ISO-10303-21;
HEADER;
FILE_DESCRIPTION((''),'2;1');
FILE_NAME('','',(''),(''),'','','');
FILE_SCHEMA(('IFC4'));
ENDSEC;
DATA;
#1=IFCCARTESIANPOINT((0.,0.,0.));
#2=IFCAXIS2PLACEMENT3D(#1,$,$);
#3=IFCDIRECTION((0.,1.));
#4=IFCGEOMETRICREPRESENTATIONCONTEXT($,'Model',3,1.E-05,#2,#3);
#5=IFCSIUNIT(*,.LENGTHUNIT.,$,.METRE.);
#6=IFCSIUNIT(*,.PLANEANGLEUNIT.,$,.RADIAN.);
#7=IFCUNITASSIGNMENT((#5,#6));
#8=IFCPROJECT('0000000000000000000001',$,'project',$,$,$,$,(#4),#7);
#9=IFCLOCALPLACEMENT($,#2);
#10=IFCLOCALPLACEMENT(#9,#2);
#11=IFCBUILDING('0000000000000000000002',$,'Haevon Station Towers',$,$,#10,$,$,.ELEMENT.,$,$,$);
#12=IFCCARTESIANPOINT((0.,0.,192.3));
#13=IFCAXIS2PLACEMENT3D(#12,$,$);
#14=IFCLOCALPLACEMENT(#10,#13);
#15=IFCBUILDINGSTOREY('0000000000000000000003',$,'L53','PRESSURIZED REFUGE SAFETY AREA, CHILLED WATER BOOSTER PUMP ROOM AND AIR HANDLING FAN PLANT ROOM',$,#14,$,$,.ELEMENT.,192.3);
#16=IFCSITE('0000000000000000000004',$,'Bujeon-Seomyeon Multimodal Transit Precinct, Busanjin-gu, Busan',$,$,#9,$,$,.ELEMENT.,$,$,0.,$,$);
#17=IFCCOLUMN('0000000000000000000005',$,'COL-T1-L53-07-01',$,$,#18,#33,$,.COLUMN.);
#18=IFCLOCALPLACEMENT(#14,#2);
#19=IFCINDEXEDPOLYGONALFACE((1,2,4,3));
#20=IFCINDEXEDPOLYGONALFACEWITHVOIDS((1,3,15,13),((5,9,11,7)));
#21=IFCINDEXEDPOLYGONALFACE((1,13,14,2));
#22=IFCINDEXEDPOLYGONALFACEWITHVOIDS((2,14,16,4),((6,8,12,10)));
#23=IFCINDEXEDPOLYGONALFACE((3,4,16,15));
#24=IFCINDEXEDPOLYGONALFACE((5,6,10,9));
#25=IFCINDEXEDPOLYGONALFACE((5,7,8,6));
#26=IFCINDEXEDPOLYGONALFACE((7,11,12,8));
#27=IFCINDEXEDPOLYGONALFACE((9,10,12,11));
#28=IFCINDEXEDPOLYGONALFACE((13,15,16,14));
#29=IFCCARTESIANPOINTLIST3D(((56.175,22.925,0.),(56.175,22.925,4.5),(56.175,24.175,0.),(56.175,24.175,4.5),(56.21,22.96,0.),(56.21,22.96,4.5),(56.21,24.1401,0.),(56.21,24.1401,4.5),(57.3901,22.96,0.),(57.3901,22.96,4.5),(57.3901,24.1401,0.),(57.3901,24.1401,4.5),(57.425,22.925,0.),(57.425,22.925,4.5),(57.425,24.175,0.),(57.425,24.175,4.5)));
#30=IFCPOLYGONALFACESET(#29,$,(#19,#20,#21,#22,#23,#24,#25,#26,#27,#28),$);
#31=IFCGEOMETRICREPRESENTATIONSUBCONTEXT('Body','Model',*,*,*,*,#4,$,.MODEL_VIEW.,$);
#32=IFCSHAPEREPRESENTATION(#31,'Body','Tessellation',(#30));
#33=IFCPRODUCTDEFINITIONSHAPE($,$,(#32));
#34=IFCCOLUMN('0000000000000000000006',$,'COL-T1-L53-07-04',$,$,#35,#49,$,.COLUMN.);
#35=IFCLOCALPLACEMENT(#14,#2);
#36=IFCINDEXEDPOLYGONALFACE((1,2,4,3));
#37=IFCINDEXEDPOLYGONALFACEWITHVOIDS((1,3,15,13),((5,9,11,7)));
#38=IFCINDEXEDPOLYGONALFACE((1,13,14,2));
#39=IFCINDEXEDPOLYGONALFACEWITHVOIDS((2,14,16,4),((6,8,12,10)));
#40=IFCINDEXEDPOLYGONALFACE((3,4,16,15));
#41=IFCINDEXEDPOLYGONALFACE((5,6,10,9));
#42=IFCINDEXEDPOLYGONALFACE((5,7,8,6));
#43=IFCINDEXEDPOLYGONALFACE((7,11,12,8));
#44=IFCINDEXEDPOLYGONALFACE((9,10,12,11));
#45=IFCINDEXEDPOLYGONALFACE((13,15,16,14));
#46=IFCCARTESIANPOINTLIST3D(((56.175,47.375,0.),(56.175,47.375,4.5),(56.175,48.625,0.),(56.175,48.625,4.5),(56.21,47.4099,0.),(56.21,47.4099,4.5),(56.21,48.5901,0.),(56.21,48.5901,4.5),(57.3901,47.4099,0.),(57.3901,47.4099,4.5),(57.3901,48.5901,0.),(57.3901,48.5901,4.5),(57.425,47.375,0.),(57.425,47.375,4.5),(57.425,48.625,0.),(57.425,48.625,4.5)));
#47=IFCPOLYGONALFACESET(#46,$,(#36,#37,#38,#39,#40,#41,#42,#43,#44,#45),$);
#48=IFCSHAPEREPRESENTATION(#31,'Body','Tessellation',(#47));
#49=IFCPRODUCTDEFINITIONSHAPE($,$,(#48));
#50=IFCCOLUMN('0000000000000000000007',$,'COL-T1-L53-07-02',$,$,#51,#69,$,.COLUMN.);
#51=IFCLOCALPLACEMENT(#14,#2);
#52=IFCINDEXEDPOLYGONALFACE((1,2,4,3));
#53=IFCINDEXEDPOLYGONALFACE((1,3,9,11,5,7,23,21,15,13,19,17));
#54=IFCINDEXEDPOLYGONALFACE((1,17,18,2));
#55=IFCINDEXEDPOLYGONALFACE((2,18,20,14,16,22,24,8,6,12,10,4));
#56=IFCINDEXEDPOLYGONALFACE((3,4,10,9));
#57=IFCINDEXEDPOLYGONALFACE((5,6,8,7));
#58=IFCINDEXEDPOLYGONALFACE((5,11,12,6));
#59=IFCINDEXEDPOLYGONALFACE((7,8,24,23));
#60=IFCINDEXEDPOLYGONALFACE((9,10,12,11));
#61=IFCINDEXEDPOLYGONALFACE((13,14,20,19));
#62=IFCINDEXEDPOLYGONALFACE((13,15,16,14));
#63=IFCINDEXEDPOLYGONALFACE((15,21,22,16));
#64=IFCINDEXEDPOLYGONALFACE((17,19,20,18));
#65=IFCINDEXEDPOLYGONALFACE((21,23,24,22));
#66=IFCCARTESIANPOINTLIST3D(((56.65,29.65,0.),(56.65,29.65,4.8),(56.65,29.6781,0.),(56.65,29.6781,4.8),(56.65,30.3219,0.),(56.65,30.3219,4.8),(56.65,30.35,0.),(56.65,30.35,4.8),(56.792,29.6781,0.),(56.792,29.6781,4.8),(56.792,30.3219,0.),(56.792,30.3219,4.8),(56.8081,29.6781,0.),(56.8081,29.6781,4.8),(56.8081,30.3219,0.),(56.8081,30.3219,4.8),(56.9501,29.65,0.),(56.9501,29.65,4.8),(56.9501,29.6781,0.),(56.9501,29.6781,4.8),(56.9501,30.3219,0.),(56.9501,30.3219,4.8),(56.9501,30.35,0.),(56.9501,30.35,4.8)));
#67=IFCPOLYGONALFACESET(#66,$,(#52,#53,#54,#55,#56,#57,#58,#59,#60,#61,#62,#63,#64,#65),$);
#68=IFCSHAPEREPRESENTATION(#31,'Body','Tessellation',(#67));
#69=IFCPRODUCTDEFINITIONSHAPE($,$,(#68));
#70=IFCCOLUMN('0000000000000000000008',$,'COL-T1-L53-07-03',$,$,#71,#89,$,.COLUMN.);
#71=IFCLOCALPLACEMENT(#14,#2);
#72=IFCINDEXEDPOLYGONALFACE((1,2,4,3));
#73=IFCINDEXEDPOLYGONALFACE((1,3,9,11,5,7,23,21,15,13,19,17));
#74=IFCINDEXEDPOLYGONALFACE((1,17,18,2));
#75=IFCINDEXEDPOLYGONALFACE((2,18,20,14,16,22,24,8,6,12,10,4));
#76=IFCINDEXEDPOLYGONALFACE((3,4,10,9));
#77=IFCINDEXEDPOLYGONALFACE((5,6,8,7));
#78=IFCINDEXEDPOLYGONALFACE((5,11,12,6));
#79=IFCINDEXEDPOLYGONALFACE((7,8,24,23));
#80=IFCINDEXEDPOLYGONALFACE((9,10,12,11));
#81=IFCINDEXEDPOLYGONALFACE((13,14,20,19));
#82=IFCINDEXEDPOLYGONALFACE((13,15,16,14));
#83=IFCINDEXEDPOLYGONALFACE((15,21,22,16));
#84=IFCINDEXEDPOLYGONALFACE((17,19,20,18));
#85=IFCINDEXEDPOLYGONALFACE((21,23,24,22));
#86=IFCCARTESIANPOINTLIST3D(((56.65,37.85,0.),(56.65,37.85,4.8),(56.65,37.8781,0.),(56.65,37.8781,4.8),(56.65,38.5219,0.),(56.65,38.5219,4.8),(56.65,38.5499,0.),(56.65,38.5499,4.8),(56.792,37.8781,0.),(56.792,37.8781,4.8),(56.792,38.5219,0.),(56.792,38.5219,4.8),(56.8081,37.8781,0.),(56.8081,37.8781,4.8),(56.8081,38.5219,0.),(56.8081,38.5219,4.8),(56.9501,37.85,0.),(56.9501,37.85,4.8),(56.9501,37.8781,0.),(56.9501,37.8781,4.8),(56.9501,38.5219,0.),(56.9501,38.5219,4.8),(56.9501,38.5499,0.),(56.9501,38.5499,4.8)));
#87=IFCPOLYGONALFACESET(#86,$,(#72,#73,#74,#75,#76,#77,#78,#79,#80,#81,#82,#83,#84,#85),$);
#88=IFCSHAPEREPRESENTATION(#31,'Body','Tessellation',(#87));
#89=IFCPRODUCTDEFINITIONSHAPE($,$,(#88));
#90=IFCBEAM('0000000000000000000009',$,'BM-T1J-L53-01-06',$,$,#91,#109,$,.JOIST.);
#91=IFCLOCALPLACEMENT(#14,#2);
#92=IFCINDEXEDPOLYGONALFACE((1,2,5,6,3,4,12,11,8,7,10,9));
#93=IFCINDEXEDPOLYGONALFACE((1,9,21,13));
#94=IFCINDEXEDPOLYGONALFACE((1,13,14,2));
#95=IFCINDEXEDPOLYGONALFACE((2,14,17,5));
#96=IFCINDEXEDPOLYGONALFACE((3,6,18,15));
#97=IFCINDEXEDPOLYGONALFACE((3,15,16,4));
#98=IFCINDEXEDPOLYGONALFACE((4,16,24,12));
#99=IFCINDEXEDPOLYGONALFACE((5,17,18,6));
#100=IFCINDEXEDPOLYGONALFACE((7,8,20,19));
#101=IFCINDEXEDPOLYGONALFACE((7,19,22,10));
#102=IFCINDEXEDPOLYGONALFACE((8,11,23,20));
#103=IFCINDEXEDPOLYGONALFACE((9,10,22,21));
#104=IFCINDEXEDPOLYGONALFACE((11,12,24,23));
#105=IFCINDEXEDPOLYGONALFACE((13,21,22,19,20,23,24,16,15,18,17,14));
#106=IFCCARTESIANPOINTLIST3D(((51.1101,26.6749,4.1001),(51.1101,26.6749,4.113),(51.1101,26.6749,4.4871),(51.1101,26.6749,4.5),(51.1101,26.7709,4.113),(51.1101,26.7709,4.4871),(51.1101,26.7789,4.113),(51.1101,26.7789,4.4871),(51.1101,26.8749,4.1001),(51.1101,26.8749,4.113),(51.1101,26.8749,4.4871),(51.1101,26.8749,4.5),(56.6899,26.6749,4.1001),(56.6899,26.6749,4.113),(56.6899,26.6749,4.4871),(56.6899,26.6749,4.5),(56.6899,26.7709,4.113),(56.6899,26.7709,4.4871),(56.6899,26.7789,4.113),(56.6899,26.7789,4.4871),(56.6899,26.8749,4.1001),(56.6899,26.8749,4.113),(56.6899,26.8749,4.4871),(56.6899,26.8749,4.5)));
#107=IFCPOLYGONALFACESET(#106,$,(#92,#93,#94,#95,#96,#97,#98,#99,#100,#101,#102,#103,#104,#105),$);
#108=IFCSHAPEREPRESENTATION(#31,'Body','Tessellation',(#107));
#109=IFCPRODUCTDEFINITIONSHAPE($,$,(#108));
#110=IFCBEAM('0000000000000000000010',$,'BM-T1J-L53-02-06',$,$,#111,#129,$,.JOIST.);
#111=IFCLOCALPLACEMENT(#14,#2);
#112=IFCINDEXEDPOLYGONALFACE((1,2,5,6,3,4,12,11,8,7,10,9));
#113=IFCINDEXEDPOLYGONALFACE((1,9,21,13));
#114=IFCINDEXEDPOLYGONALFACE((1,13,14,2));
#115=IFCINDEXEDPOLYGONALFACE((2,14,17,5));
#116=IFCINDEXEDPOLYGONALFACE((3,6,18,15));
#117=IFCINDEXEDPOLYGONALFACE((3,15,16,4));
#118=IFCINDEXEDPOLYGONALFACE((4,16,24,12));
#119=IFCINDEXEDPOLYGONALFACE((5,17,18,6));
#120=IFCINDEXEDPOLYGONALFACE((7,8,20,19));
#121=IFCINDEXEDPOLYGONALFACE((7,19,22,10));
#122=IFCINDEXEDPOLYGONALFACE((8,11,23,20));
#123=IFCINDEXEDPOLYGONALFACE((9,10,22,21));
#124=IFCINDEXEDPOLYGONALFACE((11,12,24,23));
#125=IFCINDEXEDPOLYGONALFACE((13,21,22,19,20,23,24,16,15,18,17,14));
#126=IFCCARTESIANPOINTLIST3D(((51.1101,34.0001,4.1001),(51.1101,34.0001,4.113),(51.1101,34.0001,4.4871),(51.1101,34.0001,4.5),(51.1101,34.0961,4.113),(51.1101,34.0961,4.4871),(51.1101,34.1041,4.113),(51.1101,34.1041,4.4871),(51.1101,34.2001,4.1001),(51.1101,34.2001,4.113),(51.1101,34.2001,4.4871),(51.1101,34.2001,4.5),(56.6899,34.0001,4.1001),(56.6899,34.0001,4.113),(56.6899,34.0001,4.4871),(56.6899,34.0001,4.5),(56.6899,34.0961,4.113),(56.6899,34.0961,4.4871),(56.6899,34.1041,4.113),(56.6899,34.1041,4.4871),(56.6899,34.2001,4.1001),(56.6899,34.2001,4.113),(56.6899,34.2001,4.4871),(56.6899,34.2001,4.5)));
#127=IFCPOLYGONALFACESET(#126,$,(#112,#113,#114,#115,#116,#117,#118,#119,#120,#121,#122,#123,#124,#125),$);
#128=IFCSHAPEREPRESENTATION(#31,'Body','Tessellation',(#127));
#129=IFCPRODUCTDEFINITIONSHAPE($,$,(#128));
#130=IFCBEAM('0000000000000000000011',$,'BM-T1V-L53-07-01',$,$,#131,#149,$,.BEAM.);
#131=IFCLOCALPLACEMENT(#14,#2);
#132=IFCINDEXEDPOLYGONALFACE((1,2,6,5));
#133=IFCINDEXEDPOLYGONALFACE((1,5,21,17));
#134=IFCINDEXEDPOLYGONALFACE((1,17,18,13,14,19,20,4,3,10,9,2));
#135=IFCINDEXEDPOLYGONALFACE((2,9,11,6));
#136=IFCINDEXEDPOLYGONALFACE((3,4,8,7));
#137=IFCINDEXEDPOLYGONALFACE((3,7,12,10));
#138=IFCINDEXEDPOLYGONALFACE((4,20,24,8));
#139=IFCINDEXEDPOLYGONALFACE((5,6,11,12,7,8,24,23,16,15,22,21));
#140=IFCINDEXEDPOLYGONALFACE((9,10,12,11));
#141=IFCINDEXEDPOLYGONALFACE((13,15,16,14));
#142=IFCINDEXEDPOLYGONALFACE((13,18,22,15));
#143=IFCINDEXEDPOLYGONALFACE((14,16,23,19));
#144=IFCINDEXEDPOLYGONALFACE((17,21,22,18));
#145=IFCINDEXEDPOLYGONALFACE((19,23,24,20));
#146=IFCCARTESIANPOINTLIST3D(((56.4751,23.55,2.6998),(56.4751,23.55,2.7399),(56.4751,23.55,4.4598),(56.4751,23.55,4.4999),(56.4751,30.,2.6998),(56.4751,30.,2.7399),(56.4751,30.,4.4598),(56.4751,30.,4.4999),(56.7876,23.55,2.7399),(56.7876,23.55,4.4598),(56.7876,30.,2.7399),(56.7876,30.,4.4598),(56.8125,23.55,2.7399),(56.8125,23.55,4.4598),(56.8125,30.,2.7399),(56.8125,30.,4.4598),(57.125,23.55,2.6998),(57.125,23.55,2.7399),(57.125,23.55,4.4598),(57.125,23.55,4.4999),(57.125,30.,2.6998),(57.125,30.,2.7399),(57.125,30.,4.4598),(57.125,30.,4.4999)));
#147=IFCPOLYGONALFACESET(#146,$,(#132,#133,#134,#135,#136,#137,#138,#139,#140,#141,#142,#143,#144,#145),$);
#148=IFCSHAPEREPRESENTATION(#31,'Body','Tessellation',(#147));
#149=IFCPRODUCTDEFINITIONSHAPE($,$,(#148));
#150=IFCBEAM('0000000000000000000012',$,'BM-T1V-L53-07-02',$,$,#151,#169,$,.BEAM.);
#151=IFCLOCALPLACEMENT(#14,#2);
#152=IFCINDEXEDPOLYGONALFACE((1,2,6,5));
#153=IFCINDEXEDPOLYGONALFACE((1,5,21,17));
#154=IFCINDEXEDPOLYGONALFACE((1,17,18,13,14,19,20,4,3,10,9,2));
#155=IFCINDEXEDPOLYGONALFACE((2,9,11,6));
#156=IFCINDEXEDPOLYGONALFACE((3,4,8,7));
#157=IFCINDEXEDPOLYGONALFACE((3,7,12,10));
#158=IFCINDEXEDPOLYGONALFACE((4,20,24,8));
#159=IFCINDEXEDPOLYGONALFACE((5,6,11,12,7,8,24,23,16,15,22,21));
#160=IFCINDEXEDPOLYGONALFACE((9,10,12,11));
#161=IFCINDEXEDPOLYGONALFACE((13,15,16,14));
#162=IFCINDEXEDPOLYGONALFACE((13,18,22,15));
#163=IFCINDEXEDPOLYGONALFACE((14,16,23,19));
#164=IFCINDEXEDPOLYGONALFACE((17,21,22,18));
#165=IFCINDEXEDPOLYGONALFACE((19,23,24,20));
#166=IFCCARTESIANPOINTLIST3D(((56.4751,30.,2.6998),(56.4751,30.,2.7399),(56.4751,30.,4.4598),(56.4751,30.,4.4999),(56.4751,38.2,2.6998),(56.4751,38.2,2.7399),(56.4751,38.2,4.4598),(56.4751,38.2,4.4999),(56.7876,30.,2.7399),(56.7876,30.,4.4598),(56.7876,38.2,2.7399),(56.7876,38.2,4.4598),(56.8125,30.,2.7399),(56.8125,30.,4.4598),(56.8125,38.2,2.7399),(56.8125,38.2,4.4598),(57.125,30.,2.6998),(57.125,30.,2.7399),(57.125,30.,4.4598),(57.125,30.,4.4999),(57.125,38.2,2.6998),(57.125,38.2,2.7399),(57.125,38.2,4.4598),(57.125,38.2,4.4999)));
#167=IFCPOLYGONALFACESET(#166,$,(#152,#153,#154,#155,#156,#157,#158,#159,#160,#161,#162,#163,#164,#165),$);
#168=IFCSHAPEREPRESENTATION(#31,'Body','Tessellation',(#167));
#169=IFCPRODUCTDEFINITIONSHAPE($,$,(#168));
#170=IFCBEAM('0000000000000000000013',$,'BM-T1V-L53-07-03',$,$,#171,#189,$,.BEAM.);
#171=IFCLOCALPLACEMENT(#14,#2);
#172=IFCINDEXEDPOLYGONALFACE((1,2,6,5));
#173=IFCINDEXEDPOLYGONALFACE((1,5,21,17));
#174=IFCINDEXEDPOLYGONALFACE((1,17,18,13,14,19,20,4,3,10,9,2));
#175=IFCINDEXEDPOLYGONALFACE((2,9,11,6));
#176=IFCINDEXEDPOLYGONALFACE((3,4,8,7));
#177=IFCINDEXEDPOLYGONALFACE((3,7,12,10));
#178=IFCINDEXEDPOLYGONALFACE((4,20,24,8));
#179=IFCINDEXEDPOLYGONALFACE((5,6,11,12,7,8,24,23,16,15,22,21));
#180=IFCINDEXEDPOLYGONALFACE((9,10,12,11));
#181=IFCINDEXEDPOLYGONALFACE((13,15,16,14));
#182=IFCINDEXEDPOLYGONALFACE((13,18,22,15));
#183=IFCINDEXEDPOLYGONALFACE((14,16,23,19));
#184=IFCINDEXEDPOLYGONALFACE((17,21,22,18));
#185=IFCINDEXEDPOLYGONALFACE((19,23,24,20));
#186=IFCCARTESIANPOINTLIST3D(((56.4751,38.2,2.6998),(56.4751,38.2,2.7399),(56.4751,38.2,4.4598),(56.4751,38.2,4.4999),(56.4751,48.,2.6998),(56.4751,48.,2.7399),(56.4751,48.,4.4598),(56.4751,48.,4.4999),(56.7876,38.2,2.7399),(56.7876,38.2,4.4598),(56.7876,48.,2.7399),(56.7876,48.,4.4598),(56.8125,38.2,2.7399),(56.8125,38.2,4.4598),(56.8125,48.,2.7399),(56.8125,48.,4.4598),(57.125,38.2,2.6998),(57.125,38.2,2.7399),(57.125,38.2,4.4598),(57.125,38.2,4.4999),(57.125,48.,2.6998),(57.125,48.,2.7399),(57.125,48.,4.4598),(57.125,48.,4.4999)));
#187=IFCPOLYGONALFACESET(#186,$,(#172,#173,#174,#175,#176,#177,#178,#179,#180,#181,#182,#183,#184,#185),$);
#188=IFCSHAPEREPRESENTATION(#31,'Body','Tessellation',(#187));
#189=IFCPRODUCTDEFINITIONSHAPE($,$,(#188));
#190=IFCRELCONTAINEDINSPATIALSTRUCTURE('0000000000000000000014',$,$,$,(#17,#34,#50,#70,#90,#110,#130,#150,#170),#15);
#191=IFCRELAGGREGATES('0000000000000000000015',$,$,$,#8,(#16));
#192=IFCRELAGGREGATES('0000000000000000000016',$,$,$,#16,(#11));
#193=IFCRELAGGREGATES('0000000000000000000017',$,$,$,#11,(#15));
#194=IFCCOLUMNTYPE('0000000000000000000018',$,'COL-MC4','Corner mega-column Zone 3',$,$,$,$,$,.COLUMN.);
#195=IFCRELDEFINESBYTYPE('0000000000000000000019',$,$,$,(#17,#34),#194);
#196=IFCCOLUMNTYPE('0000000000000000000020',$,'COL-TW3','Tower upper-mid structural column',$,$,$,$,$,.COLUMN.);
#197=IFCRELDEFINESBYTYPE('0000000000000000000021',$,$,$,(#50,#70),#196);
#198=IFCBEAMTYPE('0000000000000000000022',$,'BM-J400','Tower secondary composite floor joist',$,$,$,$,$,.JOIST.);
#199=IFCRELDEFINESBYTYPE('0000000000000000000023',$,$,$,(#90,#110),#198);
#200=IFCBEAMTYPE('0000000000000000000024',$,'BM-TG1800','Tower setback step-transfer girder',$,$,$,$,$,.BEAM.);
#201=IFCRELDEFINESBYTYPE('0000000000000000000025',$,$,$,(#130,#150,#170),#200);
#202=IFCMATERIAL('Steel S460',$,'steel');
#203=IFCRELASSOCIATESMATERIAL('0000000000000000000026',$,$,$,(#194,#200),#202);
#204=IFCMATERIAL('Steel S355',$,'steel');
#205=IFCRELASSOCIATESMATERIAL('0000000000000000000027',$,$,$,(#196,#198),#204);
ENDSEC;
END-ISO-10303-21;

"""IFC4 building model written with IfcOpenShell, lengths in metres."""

from ifc_helpers import new_model, si_unit, direction, frame, origin, origin_2d, place, context, subcontext, project, spatial, hollow_rectangle, i_section, extrude, material, material_profile, profile_set, type_object, element, save


model = new_model("IFC4")

# Units and contexts
model_context = context("Model", 3, precision=1e-05, world=origin(), true_north=direction((0.0, 1.0)))
body_context = subcontext(model_context, "Body", "Model", "MODEL_VIEW")
ifc_project = project(units=[si_unit("LENGTHUNIT", "METRE"), si_unit("PLANEANGLEUNIT", "RADIAN")], contexts=[model_context])

# Site, building, storey
site_placement = place(None, origin())
site = spatial("IfcSite", under=ifc_project, at=site_placement, Name="Bujeon-Seomyeon Multimodal Transit Precinct, Busanjin-gu, Busan", CompositionType="ELEMENT", RefElevation=0.0)
building_placement = place(site_placement, origin())
building = spatial("IfcBuilding", under=site, at=building_placement, Name="Haevon Station Towers", CompositionType="ELEMENT")
storey_placement = place(building_placement, frame((0.0, 0.0, 192.3)))
storey = spatial("IfcBuildingStorey", under=building, at=storey_placement, Name="L53", Description="PRESSURIZED REFUGE SAFETY AREA, CHILLED WATER BOOSTER PUMP ROOM AND AIR HANDLING FAN PLANT ROOM", CompositionType="ELEMENT", Elevation=192.3)

# Columns
ifc_material_1 = material(Name="Steel S460", Category="steel")
ifc_material_profile_1 = material_profile(ifc_material_1, hollow_rectangle(XDim=1.25, YDim=1.25, WallThickness=0.0349, at=origin_2d()), Name="BOX-1250x1250x35")
ifc_profile_set_1 = profile_set([ifc_material_profile_1], Name="Steel S460")
column_type_1 = type_object("IfcColumnType", Name="COL-MC4", Description="Corner mega-column Zone 3", PredefinedType="COLUMN", material=ifc_profile_set_1)
for number, where, z_axis, x_axis, name in (
    (1, (56.8, 23.55, 0.0), (0.0, 0.0, 1.0), (1.0, 0.0, 0.0), "COL-T1-L53-07-01"),
    (2, (56.8, 48.0, 0.0), (0.0, 0.0, 1.0), (1.0, 0.0, 0.0), "COL-T1-L53-07-04"),
):
    element("IfcColumn", number, at=place(storey_placement, frame(where, z_axis=z_axis, x_axis=x_axis)), inside=storey, type_object=column_type_1, Name=name, PredefinedType="COLUMN", context=body_context, shape_type="SweptSolid", body=[
        extrude(hollow_rectangle(XDim=1.25, YDim=1.25, WallThickness=0.0349, at=origin_2d()), origin(), (0.0, 0.0, 1.0), 4.5),
    ])
ifc_material_2 = material(Name="Steel S355", Category="steel")
ifc_material_profile_2 = material_profile(ifc_material_2, i_section(OverallWidth=0.3, OverallDepth=0.7, WebThickness=0.0161, FlangeThickness=0.0281, at=origin_2d()), Name="H-700x300x16x28")
ifc_profile_set_2 = profile_set([ifc_material_profile_2], Name="Steel S355")
column_type_2 = type_object("IfcColumnType", Name="COL-TW3", Description="Tower upper-mid structural column", PredefinedType="COLUMN", material=ifc_profile_set_2)
for number, where, z_axis, x_axis, name in (
    (3, (56.8, 30.0, 0.0), (0.0, 0.0, 1.0), (1.0, 0.0, 0.0), "COL-T1-L53-07-02"),
    (4, (56.8, 38.2, 0.0), (0.0, 0.0, 1.0), (1.0, 0.0, 0.0), "COL-T1-L53-07-03"),
):
    element("IfcColumn", number, at=place(storey_placement, frame(where, z_axis=z_axis, x_axis=x_axis)), inside=storey, type_object=column_type_2, Name=name, PredefinedType="COLUMN", context=body_context, shape_type="SweptSolid", body=[
        extrude(i_section(OverallWidth=0.3, OverallDepth=0.7, WebThickness=0.0161, FlangeThickness=0.0281, at=origin_2d()), origin(), (0.0, 0.0, 1.0), 4.8),
    ])

# Beams
ifc_material_profile_3 = material_profile(ifc_material_2, i_section(OverallWidth=0.2, OverallDepth=0.3999, WebThickness=0.0081, FlangeThickness=0.0129, at=origin_2d()), Name="H-400x200x8x13")
ifc_profile_set_3 = profile_set([ifc_material_profile_3], Name="Steel S355")
beam_type_1 = type_object("IfcBeamType", Name="BM-J400", Description="Tower secondary composite floor joist", PredefinedType="JOIST", material=ifc_profile_set_3)
for number, where, z_axis, x_axis, name in (
    (5, (51.1101, 26.7749, 4.3), (1.0, 0.0, 0.0), (0.0, 1.0, 0.0), "BM-T1J-L53-01-06"),
    (6, (51.1101, 34.1001, 4.3), (1.0, 0.0, 0.0), (0.0, 1.0, 0.0), "BM-T1J-L53-02-06"),
):
    element("IfcBeam", number, at=place(storey_placement, frame(where, z_axis=z_axis, x_axis=x_axis)), inside=storey, type_object=beam_type_1, Name=name, PredefinedType="JOIST", context=body_context, shape_type="SweptSolid", body=[
        extrude(i_section(OverallWidth=0.2, OverallDepth=0.3999, WebThickness=0.0081, FlangeThickness=0.0129, at=origin_2d()), origin(), (0.0, 0.0, 1.0), 5.5798),
    ])
ifc_material_profile_4 = material_profile(ifc_material_1, i_section(OverallWidth=0.6499, OverallDepth=1.8, WebThickness=0.0249, FlangeThickness=0.04, at=origin_2d()), Name="H-1800x650x25x40")
ifc_profile_set_4 = profile_set([ifc_material_profile_4], Name="Steel S460")
beam_type_2 = type_object("IfcBeamType", Name="BM-TG1800", Description="Tower setback step-transfer girder", PredefinedType="BEAM", material=ifc_profile_set_4)
beam_1_placement = place(storey_placement, frame((56.8, 23.55, 3.5999), z_axis=(0.0, 1.0, 0.0), x_axis=(-1.0, 0.0, 0.0)))
element("IfcBeam", 7, at=beam_1_placement, inside=storey, type_object=beam_type_2, Name="BM-T1V-L53-07-01", PredefinedType="BEAM", context=body_context, shape_type="SweptSolid", body=[
    extrude(i_section(OverallWidth=0.6499, OverallDepth=1.8, WebThickness=0.0249, FlangeThickness=0.04, at=origin_2d()), origin(), (0.0, 0.0, 1.0), 6.45),
])
beam_2_placement = place(storey_placement, frame((56.8, 30.0, 3.5999), z_axis=(0.0, 1.0, 0.0), x_axis=(-1.0, 0.0, 0.0)))
element("IfcBeam", 8, at=beam_2_placement, inside=storey, type_object=beam_type_2, Name="BM-T1V-L53-07-02", PredefinedType="BEAM", context=body_context, shape_type="SweptSolid", body=[
    extrude(i_section(OverallWidth=0.6499, OverallDepth=1.8, WebThickness=0.0249, FlangeThickness=0.04, at=origin_2d()), origin(), (0.0, 0.0, 1.0), 8.2),
])
beam_3_placement = place(storey_placement, frame((56.8, 38.2, 3.5999), z_axis=(0.0, 1.0, 0.0), x_axis=(-1.0, 0.0, 0.0)))
element("IfcBeam", 9, at=beam_3_placement, inside=storey, type_object=beam_type_2, Name="BM-T1V-L53-07-03", PredefinedType="BEAM", context=body_context, shape_type="SweptSolid", body=[
    extrude(i_section(OverallWidth=0.6499, OverallDepth=1.8, WebThickness=0.0249, FlangeThickness=0.04, at=origin_2d()), origin(), (0.0, 0.0, 1.0), 9.8),
])

save(model, "model.ifc")
